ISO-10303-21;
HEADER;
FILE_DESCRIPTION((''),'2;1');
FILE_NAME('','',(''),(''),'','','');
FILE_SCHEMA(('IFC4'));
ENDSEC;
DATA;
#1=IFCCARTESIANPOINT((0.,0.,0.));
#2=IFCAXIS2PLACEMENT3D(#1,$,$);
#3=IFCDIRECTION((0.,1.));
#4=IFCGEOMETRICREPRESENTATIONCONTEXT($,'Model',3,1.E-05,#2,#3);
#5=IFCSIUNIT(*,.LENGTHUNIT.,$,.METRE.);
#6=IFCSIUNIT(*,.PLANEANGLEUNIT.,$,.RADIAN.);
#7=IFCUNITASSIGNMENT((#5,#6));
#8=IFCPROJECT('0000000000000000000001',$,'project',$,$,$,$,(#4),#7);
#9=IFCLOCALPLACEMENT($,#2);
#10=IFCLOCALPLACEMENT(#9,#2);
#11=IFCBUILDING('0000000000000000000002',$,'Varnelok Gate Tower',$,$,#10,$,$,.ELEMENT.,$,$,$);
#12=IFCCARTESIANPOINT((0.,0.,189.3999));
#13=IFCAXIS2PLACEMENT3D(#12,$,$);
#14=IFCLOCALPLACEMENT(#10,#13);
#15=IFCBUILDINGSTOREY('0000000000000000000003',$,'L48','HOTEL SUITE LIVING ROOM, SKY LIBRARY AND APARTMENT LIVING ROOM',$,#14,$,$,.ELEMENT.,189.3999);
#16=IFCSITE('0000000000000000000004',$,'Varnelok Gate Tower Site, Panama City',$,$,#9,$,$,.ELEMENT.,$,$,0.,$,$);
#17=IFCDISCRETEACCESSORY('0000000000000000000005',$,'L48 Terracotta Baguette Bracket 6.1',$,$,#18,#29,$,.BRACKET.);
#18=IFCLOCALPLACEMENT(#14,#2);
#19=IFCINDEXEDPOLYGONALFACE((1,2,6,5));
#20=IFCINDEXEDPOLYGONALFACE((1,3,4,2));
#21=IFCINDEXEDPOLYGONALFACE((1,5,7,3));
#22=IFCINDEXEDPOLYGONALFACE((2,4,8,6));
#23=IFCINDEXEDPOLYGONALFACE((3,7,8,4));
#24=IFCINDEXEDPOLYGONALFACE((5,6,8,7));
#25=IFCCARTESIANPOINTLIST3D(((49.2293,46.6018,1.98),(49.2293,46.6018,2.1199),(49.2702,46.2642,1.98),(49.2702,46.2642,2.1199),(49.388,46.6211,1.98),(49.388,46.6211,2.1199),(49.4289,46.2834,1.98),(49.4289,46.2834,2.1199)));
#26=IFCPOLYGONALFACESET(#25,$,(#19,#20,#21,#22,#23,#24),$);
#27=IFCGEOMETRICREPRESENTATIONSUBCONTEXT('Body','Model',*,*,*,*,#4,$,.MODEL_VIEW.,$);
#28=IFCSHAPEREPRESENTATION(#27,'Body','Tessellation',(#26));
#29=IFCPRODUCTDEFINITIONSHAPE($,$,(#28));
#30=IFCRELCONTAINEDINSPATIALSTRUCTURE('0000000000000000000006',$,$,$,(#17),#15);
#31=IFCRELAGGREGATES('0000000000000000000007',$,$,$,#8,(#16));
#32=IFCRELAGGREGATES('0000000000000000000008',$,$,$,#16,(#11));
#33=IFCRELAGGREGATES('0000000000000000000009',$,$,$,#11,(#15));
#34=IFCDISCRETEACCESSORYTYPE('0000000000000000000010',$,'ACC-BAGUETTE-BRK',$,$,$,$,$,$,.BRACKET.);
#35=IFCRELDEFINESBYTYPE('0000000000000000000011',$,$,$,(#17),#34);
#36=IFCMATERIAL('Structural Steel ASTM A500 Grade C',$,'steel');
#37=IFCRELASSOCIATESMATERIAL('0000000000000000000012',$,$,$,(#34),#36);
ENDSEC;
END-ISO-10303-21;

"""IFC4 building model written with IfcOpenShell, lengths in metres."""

from ifc_helpers import new_model, si_unit, direction, frame, origin, origin_2d, place, context, subcontext, project, spatial, rectangle, extrude, source, transform, mapped, material, type_object, element, save


model = new_model("IFC4")

# Units and contexts
model_context = context("Model", 3, precision=1e-05, world=origin(), true_north=direction((0.0, 1.0)))
body_context = subcontext(model_context, "Body", "Model", "MODEL_VIEW")
ifc_project = project(units=[si_unit("LENGTHUNIT", "METRE"), si_unit("PLANEANGLEUNIT", "RADIAN")], contexts=[model_context])

# Site, building, storey
site_placement = place(None, origin())
site = spatial("IfcSite", under=ifc_project, at=site_placement, Name="Varnelok Gate Tower Site, Panama City", CompositionType="ELEMENT", RefElevation=0.0)
building_placement = place(site_placement, origin())
building = spatial("IfcBuilding", under=site, at=building_placement, Name="Varnelok Gate Tower", CompositionType="ELEMENT")
storey_placement = place(building_placement, frame((0.0, 0.0, 189.3999)))
storey = spatial("IfcBuildingStorey", under=building, at=storey_placement, Name="L48", Description="HOTEL SUITE LIVING ROOM, SKY LIBRARY AND APARTMENT LIVING ROOM", CompositionType="ELEMENT", Elevation=189.3999)

# Discrete accessory
ifc_material_1 = material(Name="Structural Steel ASTM A500 Grade C", Category="steel")
discrete_accessory_type = type_object("IfcDiscreteAccessoryType", Name="ACC-BAGUETTE-BRK", PredefinedType="BRACKET", material=ifc_material_1)
shared_shape_1 = source(origin(), body_context, "Body", "SweptSolid", [
    extrude(rectangle(XDim=0.1599, YDim=0.3401, at=origin_2d()), origin(), (0.0, 0.0, 1.0), 0.1399),
])
discrete_accessory_placement = place(storey_placement, frame((49.3291, 46.4426, 1.98), z_axis=(0.0, 0.0, 1.0), x_axis=(0.992732, 0.120345, 0.0)))
element("IfcDiscreteAccessory", 1, at=discrete_accessory_placement, inside=storey, type_object=discrete_accessory_type, Name="L48 Terracotta Baguette Bracket 6.1", PredefinedType="BRACKET", context=body_context, shape_type="MappedRepresentation", body=[
    mapped(shared_shape_1, transform((0.0, 0.0, 0.0), scale=1.0)),
])

save(model, "model.ifc")
